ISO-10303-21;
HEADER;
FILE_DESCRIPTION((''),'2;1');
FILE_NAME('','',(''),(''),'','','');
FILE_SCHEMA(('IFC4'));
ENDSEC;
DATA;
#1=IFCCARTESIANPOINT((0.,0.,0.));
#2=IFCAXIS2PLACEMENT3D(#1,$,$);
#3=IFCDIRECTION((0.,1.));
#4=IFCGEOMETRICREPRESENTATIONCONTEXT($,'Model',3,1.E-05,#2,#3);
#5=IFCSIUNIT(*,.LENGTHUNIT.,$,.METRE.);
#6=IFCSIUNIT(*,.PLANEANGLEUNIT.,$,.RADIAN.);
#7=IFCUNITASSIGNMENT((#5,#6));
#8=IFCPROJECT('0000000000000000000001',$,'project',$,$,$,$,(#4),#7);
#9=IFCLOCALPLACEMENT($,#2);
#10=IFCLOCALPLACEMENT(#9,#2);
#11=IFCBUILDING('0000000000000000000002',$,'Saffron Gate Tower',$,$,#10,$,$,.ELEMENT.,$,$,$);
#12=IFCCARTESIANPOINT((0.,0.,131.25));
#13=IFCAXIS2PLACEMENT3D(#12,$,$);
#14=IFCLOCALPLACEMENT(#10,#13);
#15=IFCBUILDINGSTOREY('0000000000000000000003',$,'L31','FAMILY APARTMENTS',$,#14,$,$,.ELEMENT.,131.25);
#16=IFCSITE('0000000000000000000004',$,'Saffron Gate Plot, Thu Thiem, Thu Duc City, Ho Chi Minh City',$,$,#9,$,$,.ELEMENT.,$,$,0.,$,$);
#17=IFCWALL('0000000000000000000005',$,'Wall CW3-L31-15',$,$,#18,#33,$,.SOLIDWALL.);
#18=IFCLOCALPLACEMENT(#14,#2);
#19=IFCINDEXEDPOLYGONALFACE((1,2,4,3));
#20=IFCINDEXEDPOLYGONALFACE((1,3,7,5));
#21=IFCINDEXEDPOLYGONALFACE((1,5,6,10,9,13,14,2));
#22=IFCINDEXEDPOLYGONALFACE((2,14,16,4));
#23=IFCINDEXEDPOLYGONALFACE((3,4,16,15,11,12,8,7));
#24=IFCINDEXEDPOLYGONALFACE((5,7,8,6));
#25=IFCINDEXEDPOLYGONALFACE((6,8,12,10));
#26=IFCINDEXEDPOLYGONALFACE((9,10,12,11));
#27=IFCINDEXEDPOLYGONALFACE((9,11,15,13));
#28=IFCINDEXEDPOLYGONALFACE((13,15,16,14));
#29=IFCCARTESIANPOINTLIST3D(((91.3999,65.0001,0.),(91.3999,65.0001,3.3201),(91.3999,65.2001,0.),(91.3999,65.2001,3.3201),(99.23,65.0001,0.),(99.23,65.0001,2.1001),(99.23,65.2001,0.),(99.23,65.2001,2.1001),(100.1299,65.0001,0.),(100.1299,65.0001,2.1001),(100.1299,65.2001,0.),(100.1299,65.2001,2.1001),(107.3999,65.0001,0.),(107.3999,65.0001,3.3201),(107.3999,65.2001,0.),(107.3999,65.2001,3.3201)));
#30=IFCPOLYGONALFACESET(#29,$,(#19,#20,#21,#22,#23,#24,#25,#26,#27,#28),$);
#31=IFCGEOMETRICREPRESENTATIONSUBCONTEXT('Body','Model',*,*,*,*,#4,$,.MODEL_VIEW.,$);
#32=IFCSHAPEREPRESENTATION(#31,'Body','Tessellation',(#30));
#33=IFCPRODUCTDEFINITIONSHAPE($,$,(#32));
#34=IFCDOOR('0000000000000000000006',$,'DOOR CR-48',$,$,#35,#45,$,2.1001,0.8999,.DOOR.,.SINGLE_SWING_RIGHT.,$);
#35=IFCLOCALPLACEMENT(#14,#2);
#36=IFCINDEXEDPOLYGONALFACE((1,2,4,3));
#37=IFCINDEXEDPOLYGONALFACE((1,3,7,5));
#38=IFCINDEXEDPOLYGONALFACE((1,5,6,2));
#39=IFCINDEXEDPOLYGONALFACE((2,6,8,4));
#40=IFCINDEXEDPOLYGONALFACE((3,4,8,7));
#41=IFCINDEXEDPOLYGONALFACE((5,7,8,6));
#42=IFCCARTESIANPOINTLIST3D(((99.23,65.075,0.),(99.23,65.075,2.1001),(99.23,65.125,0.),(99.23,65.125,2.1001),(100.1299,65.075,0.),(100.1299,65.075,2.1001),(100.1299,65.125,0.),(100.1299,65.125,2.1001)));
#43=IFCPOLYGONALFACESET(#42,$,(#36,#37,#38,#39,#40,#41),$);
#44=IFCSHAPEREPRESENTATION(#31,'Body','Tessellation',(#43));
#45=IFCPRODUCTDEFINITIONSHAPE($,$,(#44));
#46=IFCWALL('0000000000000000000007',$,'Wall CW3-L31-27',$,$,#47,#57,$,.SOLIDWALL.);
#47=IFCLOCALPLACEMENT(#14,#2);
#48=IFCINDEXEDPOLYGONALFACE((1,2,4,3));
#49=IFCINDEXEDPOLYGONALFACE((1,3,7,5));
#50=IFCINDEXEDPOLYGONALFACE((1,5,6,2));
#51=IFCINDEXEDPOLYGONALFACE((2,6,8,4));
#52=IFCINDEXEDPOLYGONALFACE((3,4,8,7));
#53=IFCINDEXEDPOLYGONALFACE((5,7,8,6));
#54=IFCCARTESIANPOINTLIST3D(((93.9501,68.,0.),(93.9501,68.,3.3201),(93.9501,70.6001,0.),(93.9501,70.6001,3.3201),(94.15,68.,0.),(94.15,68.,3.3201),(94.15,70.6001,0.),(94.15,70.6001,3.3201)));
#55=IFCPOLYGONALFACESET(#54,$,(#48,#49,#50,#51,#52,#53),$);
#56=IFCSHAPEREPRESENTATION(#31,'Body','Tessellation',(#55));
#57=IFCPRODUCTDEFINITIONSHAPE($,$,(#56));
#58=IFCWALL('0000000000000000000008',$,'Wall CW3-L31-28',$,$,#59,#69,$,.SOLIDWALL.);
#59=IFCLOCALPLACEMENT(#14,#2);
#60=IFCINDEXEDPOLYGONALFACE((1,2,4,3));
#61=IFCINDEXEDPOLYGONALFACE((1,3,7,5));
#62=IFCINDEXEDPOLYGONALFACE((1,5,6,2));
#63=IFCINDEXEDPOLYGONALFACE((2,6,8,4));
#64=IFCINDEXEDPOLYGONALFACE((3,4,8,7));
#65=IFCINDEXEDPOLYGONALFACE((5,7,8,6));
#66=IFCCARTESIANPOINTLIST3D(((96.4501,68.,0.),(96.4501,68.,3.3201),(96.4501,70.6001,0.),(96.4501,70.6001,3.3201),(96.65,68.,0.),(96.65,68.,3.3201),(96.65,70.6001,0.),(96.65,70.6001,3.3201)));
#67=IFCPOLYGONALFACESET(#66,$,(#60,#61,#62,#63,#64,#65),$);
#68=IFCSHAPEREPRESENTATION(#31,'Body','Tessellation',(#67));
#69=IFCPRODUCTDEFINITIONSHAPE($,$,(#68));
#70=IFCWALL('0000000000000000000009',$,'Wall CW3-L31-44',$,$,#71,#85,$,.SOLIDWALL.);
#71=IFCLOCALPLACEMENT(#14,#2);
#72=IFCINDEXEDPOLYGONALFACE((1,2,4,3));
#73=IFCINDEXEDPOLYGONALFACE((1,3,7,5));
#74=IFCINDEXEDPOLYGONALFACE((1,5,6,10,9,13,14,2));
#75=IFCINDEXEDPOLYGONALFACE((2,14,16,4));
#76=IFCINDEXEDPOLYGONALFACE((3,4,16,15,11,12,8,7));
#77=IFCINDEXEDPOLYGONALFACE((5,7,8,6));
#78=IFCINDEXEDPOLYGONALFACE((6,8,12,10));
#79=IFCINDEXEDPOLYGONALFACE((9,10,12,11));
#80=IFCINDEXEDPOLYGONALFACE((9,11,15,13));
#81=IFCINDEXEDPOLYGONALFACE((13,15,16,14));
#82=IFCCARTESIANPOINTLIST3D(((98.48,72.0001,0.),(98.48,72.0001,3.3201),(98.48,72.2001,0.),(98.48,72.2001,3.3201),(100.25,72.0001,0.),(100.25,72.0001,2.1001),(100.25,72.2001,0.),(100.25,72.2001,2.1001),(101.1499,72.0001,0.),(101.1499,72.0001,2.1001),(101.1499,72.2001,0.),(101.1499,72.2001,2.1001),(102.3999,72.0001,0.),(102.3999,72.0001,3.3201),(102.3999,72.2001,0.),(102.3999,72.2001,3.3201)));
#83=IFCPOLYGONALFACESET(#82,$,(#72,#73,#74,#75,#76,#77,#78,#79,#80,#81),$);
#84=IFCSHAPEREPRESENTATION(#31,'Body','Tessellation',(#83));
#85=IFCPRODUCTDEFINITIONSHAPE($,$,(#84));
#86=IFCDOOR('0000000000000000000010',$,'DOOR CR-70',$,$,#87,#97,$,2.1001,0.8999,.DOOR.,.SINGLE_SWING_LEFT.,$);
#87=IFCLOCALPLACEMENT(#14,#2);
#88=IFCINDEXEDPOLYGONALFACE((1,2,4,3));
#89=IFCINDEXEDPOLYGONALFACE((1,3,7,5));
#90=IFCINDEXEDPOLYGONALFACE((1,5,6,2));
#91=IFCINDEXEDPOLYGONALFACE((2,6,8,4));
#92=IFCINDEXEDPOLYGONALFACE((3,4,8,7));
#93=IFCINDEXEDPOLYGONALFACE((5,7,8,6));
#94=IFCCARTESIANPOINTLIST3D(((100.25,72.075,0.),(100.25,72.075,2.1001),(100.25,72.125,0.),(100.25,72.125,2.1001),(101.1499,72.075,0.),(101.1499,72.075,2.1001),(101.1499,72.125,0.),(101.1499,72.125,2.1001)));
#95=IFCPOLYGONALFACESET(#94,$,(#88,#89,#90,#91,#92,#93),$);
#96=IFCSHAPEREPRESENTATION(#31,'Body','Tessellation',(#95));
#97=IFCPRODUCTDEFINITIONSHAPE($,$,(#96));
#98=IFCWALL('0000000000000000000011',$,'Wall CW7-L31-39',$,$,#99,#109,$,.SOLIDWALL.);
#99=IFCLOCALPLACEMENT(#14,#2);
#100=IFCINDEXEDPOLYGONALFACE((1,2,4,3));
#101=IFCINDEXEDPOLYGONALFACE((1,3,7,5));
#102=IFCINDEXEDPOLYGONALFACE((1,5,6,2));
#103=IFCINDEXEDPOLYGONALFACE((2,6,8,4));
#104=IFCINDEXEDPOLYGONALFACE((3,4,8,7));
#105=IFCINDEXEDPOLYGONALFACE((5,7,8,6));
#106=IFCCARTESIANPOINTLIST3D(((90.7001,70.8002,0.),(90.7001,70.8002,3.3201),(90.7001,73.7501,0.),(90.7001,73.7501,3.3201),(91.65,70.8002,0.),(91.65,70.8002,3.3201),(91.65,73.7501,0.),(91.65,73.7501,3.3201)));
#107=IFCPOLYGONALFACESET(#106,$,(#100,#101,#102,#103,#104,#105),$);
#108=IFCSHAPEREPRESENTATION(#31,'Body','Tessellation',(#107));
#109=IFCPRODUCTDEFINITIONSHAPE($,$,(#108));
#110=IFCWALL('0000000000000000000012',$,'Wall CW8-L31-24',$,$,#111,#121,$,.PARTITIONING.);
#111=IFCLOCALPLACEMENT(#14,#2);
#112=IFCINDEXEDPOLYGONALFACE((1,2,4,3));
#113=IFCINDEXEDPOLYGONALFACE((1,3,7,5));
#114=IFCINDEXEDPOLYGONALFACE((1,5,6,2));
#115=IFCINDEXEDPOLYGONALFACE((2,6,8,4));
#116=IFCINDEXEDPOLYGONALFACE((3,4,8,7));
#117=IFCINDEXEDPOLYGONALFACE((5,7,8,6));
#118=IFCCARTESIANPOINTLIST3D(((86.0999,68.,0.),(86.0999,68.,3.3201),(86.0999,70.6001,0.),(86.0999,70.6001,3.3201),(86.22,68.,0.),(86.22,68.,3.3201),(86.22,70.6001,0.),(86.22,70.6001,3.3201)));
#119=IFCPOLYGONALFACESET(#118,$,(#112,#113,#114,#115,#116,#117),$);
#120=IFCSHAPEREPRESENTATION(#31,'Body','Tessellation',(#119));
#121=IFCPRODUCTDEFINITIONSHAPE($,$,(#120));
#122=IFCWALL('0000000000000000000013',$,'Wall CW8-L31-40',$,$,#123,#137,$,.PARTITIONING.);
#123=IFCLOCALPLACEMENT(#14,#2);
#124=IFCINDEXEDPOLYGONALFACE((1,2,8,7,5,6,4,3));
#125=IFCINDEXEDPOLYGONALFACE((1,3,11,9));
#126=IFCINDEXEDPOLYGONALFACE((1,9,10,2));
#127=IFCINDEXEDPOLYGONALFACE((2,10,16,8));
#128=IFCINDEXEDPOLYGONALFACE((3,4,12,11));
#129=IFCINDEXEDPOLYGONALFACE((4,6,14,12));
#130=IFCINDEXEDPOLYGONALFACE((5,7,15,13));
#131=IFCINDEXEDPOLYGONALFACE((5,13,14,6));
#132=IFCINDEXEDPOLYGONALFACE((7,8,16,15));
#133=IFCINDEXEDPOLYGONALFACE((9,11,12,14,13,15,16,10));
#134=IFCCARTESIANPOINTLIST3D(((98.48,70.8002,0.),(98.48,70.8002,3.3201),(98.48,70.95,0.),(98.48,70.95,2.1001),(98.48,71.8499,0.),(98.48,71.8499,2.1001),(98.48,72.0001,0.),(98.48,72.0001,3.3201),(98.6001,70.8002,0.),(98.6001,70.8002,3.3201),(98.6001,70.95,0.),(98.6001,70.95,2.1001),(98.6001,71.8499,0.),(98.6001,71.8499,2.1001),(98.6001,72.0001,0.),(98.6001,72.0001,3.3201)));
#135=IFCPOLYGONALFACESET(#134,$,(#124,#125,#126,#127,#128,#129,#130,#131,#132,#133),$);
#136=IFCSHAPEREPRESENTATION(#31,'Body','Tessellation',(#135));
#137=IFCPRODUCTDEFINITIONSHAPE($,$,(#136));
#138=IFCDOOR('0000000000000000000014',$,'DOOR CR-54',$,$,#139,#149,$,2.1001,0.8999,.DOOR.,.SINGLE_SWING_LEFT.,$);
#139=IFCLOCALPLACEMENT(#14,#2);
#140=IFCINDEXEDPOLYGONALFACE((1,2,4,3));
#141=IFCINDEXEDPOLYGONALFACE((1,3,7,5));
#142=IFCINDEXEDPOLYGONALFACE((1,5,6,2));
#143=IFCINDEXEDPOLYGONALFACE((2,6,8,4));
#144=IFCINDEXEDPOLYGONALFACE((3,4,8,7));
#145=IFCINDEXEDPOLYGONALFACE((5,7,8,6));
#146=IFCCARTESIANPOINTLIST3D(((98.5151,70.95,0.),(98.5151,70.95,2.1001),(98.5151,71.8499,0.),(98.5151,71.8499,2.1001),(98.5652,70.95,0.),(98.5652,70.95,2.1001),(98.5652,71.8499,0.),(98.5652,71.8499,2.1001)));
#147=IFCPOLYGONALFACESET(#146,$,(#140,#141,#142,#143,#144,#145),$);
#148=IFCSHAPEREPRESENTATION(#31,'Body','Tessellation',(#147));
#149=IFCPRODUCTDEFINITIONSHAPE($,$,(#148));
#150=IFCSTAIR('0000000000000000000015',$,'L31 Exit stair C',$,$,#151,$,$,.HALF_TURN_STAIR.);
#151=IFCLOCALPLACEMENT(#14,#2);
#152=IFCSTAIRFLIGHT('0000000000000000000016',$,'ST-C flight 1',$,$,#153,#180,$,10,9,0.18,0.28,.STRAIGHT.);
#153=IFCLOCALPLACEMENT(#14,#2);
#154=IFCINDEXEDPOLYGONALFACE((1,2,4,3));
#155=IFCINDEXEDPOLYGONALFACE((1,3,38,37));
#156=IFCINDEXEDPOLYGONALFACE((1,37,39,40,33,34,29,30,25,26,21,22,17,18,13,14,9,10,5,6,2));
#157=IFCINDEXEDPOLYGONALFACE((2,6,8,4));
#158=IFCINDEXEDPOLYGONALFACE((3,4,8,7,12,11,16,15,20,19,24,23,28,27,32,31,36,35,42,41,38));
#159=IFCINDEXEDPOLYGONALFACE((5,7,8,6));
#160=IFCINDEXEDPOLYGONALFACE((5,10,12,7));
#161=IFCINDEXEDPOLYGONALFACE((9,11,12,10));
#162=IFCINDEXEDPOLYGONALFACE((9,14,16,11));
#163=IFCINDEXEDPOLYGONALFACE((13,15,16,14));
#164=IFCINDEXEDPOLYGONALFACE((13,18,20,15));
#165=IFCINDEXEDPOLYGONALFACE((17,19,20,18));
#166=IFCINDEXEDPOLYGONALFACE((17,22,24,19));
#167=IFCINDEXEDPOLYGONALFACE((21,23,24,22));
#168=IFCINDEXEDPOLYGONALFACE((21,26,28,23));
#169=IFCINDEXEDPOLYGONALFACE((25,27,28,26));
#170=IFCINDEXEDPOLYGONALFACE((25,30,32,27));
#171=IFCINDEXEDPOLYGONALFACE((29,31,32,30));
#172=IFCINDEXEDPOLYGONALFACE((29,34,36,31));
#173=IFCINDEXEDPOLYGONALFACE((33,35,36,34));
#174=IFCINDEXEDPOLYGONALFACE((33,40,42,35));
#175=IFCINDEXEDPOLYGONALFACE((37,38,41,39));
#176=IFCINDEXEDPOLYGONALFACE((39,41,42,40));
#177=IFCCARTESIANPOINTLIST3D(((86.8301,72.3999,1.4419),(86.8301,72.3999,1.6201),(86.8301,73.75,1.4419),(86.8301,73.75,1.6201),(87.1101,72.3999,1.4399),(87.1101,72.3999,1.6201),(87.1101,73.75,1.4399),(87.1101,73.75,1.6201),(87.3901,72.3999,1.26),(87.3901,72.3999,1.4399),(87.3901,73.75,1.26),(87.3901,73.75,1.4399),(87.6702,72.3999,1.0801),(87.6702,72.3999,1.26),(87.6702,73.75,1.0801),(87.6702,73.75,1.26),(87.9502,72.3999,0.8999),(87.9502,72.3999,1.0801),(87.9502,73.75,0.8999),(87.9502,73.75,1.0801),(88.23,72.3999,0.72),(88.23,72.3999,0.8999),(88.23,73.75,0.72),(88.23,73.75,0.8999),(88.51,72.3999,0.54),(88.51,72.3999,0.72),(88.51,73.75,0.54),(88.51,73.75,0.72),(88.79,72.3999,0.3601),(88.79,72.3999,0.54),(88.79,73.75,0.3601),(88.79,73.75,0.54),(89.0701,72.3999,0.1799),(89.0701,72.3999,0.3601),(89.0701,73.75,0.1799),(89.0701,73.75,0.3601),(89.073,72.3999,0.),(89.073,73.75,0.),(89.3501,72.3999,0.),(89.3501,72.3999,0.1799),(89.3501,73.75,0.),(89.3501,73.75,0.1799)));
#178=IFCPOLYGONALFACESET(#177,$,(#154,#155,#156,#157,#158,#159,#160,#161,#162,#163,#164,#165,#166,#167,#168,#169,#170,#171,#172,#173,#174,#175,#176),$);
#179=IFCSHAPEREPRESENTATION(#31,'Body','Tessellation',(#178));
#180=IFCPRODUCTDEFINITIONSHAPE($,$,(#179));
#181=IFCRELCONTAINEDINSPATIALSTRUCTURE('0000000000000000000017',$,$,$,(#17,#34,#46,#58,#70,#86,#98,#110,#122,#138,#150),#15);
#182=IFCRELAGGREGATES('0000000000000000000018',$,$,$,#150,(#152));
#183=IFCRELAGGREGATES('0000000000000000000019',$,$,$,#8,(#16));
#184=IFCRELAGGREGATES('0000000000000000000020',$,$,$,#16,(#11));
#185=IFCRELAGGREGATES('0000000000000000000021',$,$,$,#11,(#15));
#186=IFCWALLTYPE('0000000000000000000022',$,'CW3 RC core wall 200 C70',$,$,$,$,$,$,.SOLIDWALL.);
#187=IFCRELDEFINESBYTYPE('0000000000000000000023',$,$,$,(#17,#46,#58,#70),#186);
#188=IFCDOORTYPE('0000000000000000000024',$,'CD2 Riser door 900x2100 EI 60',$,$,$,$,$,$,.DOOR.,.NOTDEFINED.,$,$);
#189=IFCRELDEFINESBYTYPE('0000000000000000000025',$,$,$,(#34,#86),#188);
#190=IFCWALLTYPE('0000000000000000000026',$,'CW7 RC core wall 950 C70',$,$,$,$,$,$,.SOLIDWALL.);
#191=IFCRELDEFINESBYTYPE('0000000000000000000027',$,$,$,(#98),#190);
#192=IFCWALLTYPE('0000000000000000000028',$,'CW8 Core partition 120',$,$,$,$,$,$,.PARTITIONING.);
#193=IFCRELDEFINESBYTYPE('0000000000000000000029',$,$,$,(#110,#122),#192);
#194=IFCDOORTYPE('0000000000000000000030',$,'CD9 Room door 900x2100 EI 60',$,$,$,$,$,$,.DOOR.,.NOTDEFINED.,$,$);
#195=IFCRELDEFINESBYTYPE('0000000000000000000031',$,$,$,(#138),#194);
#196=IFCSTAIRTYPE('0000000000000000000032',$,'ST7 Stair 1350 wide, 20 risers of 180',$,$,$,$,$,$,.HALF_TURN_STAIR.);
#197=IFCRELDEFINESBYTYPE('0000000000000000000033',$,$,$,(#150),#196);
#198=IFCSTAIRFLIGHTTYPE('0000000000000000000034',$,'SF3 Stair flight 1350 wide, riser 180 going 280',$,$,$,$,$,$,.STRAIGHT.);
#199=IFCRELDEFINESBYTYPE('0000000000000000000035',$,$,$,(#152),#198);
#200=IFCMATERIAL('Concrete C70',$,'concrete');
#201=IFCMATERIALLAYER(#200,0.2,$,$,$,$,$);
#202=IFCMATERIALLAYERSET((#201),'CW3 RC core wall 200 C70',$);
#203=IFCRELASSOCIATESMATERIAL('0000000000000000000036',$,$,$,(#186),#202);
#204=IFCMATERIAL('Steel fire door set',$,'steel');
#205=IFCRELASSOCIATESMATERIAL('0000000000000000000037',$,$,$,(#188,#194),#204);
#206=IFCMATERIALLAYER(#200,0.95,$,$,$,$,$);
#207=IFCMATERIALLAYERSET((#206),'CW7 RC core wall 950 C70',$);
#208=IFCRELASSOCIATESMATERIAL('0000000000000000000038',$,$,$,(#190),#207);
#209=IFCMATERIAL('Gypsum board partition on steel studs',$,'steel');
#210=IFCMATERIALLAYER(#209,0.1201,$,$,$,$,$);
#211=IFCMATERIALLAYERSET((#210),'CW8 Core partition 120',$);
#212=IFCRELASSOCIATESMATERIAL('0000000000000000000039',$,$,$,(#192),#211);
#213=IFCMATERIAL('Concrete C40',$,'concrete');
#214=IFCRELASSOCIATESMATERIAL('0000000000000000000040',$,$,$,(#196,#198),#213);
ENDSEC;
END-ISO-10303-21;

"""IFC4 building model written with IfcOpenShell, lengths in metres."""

from ifc_helpers import new_model, si_unit, direction, frame, frame_2d, origin, place, context, subcontext, project, spatial, polyline, rectangle, outline, extrude, material, layer, layer_set, type_object, element, fill, aggregate, save


model = new_model("IFC4")

# Units and contexts
model_context = context("Model", 3, precision=1e-05, world=origin(), true_north=direction((0.0, 1.0)))
body_context = subcontext(model_context, "Body", "Model", "MODEL_VIEW")
ifc_project = project(units=[si_unit("LENGTHUNIT", "METRE"), si_unit("PLANEANGLEUNIT", "RADIAN")], contexts=[model_context])

# Site, building, storey
site_placement = place(None, origin())
site = spatial("IfcSite", under=ifc_project, at=site_placement, Name="Saffron Gate Plot, Thu Thiem, Thu Duc City, Ho Chi Minh City", CompositionType="ELEMENT", RefElevation=0.0)
building_placement = place(site_placement, origin())
building = spatial("IfcBuilding", under=site, at=building_placement, Name="Saffron Gate Tower", CompositionType="ELEMENT")
storey_placement = place(building_placement, frame((0.0, 0.0, 131.25)))
storey = spatial("IfcBuildingStorey", under=building, at=storey_placement, Name="L31", Description="FAMILY APARTMENTS", CompositionType="ELEMENT", Elevation=131.25)

# Shared definitions
ifc_material_1 = material(Name="Gypsum board partition on steel studs", Category="steel")
ifc_material_2 = material(Name="Concrete C70", Category="concrete")

# Shared definitions
ifc_material_3 = material(Name="Steel fire door set", Category="steel")

# Shared definitions
ifc_layer_1 = layer(ifc_material_2, 0.2)
ifc_layer_set_1 = layer_set([ifc_layer_1], Name="CW3 RC core wall 200 C70")
wall_type_1 = type_object("IfcWallType", Name="CW3 RC core wall 200 C70", PredefinedType="SOLIDWALL", material=ifc_layer_set_1)

# Wall, opening, door
wall_1_placement = place(storey_placement, frame((91.3999, 65.1001, 0.0), z_axis=(0.0, 0.0, 1.0), x_axis=(1.0, 0.0, 0.0)))
wall_1 = element("IfcWall", 1, at=wall_1_placement, inside=storey, type_object=wall_type_1, Name="Wall CW3-L31-15", PredefinedType="SOLIDWALL", context=body_context, shape_type="SweptSolid", body=[
    extrude(rectangle(XDim=16.0, YDim=0.2, at=frame_2d((8.0, 0.0))), origin(), (0.0, 0.0, 1.0), 3.3201),
])
opening_1_placement = place(wall_1_placement, frame((7.8301, 0.0, 0.0)))
opening_1 = element("IfcOpeningElement", 2, at=opening_1_placement, cuts=wall_1, PredefinedType="OPENING", context=body_context, shape_type="SweptSolid", body=[
    extrude(rectangle(XDim=0.8999, YDim=2.1001, at=frame_2d((0.45, 1.05))), frame((0.0, 0.1099, 0.0), z_axis=(0.0, -1.0, 0.0), x_axis=(1.0, 0.0, 0.0)), (0.0, 0.0, 1.0), 0.22),
])
door_type_1 = type_object("IfcDoorType", Name="CD2 Riser door 900x2100 EI 60", OperationType="NOTDEFINED", PredefinedType="DOOR", material=ifc_material_3)
door_1_placement = place(opening_1_placement, origin())
door_1 = element("IfcDoor", 3, at=door_1_placement, inside=storey, type_object=door_type_1, Name="DOOR CR-48", OperationType="SINGLE_SWING_RIGHT", OverallHeight=2.1001, OverallWidth=0.8999, PredefinedType="DOOR", context=body_context, shape_type="SweptSolid", body=[
    extrude(rectangle(XDim=0.8999, YDim=2.1001, at=frame_2d((0.45, 1.05))), frame((0.0, 0.0249, 0.0), z_axis=(0.0, -1.0, 0.0), x_axis=(1.0, 0.0, 0.0)), (0.0, 0.0, 1.0), 0.05),
])
fill(opening_1, door_1)

# Walls
for number, where, z_axis, x_axis, name in (
    (4, (94.05, 68.0, 0.0), (0.0, 0.0, 1.0), (0.0, 1.0, 0.0), "Wall CW3-L31-27"),
    (5, (96.55, 68.0, 0.0), (0.0, 0.0, 1.0), (0.0, 1.0, 0.0), "Wall CW3-L31-28"),
):
    element("IfcWall", number, at=place(storey_placement, frame(where, z_axis=z_axis, x_axis=x_axis)), inside=storey, type_object=wall_type_1, Name=name, PredefinedType="SOLIDWALL", context=body_context, shape_type="SweptSolid", body=[
        extrude(rectangle(XDim=2.6001, YDim=0.2, at=frame_2d((1.3, 0.0))), origin(), (0.0, 0.0, 1.0), 3.3201),
    ])

# Wall, opening, door
wall_2_placement = place(storey_placement, frame((98.48, 72.1001, 0.0), z_axis=(0.0, 0.0, 1.0), x_axis=(1.0, 0.0, 0.0)))
wall_2 = element("IfcWall", 6, at=wall_2_placement, inside=storey, type_object=wall_type_1, Name="Wall CW3-L31-44", PredefinedType="SOLIDWALL", context=body_context, shape_type="SweptSolid", body=[
    extrude(rectangle(XDim=3.9199, YDim=0.2, at=frame_2d((1.96, 0.0))), origin(), (0.0, 0.0, 1.0), 3.3201),
])
opening_2_placement = place(wall_2_placement, frame((1.77, 0.0, 0.0)))
opening_2 = element("IfcOpeningElement", 7, at=opening_2_placement, cuts=wall_2, PredefinedType="OPENING", context=body_context, shape_type="SweptSolid", body=[
    extrude(rectangle(XDim=0.8999, YDim=2.1001, at=frame_2d((0.45, 1.05))), frame((0.0, 0.1099, 0.0), z_axis=(0.0, -1.0, 0.0), x_axis=(1.0, 0.0, 0.0)), (0.0, 0.0, 1.0), 0.22),
])
door_2_placement = place(opening_2_placement, origin())
door_2 = element("IfcDoor", 8, at=door_2_placement, inside=storey, type_object=door_type_1, Name="DOOR CR-70", OperationType="SINGLE_SWING_LEFT", OverallHeight=2.1001, OverallWidth=0.8999, PredefinedType="DOOR", context=body_context, shape_type="SweptSolid", body=[
    extrude(rectangle(XDim=0.8999, YDim=2.1001, at=frame_2d((0.45, 1.05))), frame((0.0, 0.0249, 0.0), z_axis=(0.0, -1.0, 0.0), x_axis=(1.0, 0.0, 0.0)), (0.0, 0.0, 1.0), 0.05),
])
fill(opening_2, door_2)

# Walls
ifc_layer_2 = layer(ifc_material_2, 0.95)
ifc_layer_set_2 = layer_set([ifc_layer_2], Name="CW7 RC core wall 950 C70")
wall_type_2 = type_object("IfcWallType", Name="CW7 RC core wall 950 C70", PredefinedType="SOLIDWALL", material=ifc_layer_set_2)
wall_3_placement = place(storey_placement, frame((91.175, 70.8, 0.0), z_axis=(0.0, 0.0, 1.0), x_axis=(0.0, 1.0, 0.0)))
element("IfcWall", 9, at=wall_3_placement, inside=storey, type_object=wall_type_2, Name="Wall CW7-L31-39", PredefinedType="SOLIDWALL", context=body_context, shape_type="SweptSolid", body=[
    extrude(rectangle(XDim=2.95, YDim=0.95, at=frame_2d((1.4751, 0.0))), origin(), (0.0, 0.0, 1.0), 3.3201),
])
ifc_layer_3 = layer(ifc_material_1, 0.1201)
ifc_layer_set_3 = layer_set([ifc_layer_3], Name="CW8 Core partition 120")
wall_type_3 = type_object("IfcWallType", Name="CW8 Core partition 120", PredefinedType="PARTITIONING", material=ifc_layer_set_3)
wall_4_placement = place(storey_placement, frame((86.1599, 68.0, 0.0), z_axis=(0.0, 0.0, 1.0), x_axis=(0.0, 1.0, 0.0)))
element("IfcWall", 10, at=wall_4_placement, inside=storey, type_object=wall_type_3, Name="Wall CW8-L31-24", PredefinedType="PARTITIONING", context=body_context, shape_type="SweptSolid", body=[
    extrude(rectangle(XDim=2.6001, YDim=0.1201, at=frame_2d((1.3, 0.0))), origin(), (0.0, 0.0, 1.0), 3.3201),
])

# Wall, opening, door
wall_5_placement = place(storey_placement, frame((98.54, 70.8, 0.0), z_axis=(0.0, 0.0, 1.0), x_axis=(0.0, 1.0, 0.0)))
wall_5 = element("IfcWall", 11, at=wall_5_placement, inside=storey, type_object=wall_type_3, Name="Wall CW8-L31-40", PredefinedType="PARTITIONING", context=body_context, shape_type="SweptSolid", body=[
    extrude(rectangle(XDim=1.2, YDim=0.1201, at=frame_2d((0.6001, 0.0))), origin(), (0.0, 0.0, 1.0), 3.3201),
])
opening_3_placement = place(wall_5_placement, frame((0.1499, 0.0, 0.0)))
opening_3 = element("IfcOpeningElement", 12, at=opening_3_placement, cuts=wall_5, PredefinedType="OPENING", context=body_context, shape_type="SweptSolid", body=[
    extrude(rectangle(XDim=0.8999, YDim=2.1001, at=frame_2d((0.45, 1.05))), frame((0.0, 0.0701, 0.0), z_axis=(0.0, -1.0, 0.0), x_axis=(1.0, 0.0, 0.0)), (0.0, 0.0, 1.0), 0.1401),
])
door_type_2 = type_object("IfcDoorType", Name="CD9 Room door 900x2100 EI 60", OperationType="NOTDEFINED", PredefinedType="DOOR", material=ifc_material_3)
door_3_placement = place(opening_3_placement, origin())
door_3 = element("IfcDoor", 13, at=door_3_placement, inside=storey, type_object=door_type_2, Name="DOOR CR-54", OperationType="SINGLE_SWING_LEFT", OverallHeight=2.1001, OverallWidth=0.8999, PredefinedType="DOOR", context=body_context, shape_type="SweptSolid", body=[
    extrude(rectangle(XDim=0.8999, YDim=2.1001, at=frame_2d((0.45, 1.05))), frame((0.0, 0.0249, 0.0), z_axis=(0.0, -1.0, 0.0), x_axis=(1.0, 0.0, 0.0)), (0.0, 0.0, 1.0), 0.05),
])
fill(opening_3, door_3)

# Stair, stair flight
ifc_material_4 = material(Name="Concrete C40", Category="concrete")
stair_type = type_object("IfcStairType", Name="ST7 Stair 1350 wide, 20 risers of 180", PredefinedType="HALF_TURN_STAIR", material=ifc_material_4)
stair_placement = place(storey_placement, origin())
stair = element("IfcStair", 14, at=stair_placement, inside=storey, type_object=stair_type, Name="L31 Exit stair C", PredefinedType="HALF_TURN_STAIR")
stair_flight_type = type_object("IfcStairFlightType", Name="SF3 Stair flight 1350 wide, riser 180 going 280", PredefinedType="STRAIGHT", material=ifc_material_4)
stair_flight_1_placement = place(storey_placement, frame((89.3501, 73.075, 0.0), z_axis=(0.0, 0.0, 1.0), x_axis=(-1.0, 0.0, 0.0)))
stair_flight_1 = element("IfcStairFlight", 15, at=stair_flight_1_placement, type_object=stair_flight_type, Name="ST-C flight 1", NumberOfRisers=10, NumberOfTreads=9, PredefinedType="STRAIGHT", RiserHeight=0.18, TreadLength=0.28, context=body_context, shape_type="SweptSolid", body=[
    extrude(outline(polyline([(0.0, 0.0), (0.0, 0.1799), (0.28, 0.1799), (0.28, 0.3601), (0.5601, 0.3601), (0.5601, 0.54), (0.8401, 0.54), (0.8401, 0.72), (1.1201, 0.72), (1.1201, 0.8999), (1.3999, 0.8999), (1.3999, 1.0801), (1.6799, 1.0801), (1.6799, 1.26), (1.96, 1.26), (1.96, 1.4399), (2.24, 1.4399), (2.24, 1.6201), (2.52, 1.6201), (2.52, 1.8), (2.52, 1.4419), (0.2771, 0.0), (0.0, 0.0)])), frame((0.0, 0.675, 0.0), z_axis=(0.0, -1.0, 0.0), x_axis=(1.0, 0.0, 0.0)), (0.0, 0.0, 1.0), 1.3501),
])
aggregate(stair, [stair_flight_1])

save(model, "model.ifc")
